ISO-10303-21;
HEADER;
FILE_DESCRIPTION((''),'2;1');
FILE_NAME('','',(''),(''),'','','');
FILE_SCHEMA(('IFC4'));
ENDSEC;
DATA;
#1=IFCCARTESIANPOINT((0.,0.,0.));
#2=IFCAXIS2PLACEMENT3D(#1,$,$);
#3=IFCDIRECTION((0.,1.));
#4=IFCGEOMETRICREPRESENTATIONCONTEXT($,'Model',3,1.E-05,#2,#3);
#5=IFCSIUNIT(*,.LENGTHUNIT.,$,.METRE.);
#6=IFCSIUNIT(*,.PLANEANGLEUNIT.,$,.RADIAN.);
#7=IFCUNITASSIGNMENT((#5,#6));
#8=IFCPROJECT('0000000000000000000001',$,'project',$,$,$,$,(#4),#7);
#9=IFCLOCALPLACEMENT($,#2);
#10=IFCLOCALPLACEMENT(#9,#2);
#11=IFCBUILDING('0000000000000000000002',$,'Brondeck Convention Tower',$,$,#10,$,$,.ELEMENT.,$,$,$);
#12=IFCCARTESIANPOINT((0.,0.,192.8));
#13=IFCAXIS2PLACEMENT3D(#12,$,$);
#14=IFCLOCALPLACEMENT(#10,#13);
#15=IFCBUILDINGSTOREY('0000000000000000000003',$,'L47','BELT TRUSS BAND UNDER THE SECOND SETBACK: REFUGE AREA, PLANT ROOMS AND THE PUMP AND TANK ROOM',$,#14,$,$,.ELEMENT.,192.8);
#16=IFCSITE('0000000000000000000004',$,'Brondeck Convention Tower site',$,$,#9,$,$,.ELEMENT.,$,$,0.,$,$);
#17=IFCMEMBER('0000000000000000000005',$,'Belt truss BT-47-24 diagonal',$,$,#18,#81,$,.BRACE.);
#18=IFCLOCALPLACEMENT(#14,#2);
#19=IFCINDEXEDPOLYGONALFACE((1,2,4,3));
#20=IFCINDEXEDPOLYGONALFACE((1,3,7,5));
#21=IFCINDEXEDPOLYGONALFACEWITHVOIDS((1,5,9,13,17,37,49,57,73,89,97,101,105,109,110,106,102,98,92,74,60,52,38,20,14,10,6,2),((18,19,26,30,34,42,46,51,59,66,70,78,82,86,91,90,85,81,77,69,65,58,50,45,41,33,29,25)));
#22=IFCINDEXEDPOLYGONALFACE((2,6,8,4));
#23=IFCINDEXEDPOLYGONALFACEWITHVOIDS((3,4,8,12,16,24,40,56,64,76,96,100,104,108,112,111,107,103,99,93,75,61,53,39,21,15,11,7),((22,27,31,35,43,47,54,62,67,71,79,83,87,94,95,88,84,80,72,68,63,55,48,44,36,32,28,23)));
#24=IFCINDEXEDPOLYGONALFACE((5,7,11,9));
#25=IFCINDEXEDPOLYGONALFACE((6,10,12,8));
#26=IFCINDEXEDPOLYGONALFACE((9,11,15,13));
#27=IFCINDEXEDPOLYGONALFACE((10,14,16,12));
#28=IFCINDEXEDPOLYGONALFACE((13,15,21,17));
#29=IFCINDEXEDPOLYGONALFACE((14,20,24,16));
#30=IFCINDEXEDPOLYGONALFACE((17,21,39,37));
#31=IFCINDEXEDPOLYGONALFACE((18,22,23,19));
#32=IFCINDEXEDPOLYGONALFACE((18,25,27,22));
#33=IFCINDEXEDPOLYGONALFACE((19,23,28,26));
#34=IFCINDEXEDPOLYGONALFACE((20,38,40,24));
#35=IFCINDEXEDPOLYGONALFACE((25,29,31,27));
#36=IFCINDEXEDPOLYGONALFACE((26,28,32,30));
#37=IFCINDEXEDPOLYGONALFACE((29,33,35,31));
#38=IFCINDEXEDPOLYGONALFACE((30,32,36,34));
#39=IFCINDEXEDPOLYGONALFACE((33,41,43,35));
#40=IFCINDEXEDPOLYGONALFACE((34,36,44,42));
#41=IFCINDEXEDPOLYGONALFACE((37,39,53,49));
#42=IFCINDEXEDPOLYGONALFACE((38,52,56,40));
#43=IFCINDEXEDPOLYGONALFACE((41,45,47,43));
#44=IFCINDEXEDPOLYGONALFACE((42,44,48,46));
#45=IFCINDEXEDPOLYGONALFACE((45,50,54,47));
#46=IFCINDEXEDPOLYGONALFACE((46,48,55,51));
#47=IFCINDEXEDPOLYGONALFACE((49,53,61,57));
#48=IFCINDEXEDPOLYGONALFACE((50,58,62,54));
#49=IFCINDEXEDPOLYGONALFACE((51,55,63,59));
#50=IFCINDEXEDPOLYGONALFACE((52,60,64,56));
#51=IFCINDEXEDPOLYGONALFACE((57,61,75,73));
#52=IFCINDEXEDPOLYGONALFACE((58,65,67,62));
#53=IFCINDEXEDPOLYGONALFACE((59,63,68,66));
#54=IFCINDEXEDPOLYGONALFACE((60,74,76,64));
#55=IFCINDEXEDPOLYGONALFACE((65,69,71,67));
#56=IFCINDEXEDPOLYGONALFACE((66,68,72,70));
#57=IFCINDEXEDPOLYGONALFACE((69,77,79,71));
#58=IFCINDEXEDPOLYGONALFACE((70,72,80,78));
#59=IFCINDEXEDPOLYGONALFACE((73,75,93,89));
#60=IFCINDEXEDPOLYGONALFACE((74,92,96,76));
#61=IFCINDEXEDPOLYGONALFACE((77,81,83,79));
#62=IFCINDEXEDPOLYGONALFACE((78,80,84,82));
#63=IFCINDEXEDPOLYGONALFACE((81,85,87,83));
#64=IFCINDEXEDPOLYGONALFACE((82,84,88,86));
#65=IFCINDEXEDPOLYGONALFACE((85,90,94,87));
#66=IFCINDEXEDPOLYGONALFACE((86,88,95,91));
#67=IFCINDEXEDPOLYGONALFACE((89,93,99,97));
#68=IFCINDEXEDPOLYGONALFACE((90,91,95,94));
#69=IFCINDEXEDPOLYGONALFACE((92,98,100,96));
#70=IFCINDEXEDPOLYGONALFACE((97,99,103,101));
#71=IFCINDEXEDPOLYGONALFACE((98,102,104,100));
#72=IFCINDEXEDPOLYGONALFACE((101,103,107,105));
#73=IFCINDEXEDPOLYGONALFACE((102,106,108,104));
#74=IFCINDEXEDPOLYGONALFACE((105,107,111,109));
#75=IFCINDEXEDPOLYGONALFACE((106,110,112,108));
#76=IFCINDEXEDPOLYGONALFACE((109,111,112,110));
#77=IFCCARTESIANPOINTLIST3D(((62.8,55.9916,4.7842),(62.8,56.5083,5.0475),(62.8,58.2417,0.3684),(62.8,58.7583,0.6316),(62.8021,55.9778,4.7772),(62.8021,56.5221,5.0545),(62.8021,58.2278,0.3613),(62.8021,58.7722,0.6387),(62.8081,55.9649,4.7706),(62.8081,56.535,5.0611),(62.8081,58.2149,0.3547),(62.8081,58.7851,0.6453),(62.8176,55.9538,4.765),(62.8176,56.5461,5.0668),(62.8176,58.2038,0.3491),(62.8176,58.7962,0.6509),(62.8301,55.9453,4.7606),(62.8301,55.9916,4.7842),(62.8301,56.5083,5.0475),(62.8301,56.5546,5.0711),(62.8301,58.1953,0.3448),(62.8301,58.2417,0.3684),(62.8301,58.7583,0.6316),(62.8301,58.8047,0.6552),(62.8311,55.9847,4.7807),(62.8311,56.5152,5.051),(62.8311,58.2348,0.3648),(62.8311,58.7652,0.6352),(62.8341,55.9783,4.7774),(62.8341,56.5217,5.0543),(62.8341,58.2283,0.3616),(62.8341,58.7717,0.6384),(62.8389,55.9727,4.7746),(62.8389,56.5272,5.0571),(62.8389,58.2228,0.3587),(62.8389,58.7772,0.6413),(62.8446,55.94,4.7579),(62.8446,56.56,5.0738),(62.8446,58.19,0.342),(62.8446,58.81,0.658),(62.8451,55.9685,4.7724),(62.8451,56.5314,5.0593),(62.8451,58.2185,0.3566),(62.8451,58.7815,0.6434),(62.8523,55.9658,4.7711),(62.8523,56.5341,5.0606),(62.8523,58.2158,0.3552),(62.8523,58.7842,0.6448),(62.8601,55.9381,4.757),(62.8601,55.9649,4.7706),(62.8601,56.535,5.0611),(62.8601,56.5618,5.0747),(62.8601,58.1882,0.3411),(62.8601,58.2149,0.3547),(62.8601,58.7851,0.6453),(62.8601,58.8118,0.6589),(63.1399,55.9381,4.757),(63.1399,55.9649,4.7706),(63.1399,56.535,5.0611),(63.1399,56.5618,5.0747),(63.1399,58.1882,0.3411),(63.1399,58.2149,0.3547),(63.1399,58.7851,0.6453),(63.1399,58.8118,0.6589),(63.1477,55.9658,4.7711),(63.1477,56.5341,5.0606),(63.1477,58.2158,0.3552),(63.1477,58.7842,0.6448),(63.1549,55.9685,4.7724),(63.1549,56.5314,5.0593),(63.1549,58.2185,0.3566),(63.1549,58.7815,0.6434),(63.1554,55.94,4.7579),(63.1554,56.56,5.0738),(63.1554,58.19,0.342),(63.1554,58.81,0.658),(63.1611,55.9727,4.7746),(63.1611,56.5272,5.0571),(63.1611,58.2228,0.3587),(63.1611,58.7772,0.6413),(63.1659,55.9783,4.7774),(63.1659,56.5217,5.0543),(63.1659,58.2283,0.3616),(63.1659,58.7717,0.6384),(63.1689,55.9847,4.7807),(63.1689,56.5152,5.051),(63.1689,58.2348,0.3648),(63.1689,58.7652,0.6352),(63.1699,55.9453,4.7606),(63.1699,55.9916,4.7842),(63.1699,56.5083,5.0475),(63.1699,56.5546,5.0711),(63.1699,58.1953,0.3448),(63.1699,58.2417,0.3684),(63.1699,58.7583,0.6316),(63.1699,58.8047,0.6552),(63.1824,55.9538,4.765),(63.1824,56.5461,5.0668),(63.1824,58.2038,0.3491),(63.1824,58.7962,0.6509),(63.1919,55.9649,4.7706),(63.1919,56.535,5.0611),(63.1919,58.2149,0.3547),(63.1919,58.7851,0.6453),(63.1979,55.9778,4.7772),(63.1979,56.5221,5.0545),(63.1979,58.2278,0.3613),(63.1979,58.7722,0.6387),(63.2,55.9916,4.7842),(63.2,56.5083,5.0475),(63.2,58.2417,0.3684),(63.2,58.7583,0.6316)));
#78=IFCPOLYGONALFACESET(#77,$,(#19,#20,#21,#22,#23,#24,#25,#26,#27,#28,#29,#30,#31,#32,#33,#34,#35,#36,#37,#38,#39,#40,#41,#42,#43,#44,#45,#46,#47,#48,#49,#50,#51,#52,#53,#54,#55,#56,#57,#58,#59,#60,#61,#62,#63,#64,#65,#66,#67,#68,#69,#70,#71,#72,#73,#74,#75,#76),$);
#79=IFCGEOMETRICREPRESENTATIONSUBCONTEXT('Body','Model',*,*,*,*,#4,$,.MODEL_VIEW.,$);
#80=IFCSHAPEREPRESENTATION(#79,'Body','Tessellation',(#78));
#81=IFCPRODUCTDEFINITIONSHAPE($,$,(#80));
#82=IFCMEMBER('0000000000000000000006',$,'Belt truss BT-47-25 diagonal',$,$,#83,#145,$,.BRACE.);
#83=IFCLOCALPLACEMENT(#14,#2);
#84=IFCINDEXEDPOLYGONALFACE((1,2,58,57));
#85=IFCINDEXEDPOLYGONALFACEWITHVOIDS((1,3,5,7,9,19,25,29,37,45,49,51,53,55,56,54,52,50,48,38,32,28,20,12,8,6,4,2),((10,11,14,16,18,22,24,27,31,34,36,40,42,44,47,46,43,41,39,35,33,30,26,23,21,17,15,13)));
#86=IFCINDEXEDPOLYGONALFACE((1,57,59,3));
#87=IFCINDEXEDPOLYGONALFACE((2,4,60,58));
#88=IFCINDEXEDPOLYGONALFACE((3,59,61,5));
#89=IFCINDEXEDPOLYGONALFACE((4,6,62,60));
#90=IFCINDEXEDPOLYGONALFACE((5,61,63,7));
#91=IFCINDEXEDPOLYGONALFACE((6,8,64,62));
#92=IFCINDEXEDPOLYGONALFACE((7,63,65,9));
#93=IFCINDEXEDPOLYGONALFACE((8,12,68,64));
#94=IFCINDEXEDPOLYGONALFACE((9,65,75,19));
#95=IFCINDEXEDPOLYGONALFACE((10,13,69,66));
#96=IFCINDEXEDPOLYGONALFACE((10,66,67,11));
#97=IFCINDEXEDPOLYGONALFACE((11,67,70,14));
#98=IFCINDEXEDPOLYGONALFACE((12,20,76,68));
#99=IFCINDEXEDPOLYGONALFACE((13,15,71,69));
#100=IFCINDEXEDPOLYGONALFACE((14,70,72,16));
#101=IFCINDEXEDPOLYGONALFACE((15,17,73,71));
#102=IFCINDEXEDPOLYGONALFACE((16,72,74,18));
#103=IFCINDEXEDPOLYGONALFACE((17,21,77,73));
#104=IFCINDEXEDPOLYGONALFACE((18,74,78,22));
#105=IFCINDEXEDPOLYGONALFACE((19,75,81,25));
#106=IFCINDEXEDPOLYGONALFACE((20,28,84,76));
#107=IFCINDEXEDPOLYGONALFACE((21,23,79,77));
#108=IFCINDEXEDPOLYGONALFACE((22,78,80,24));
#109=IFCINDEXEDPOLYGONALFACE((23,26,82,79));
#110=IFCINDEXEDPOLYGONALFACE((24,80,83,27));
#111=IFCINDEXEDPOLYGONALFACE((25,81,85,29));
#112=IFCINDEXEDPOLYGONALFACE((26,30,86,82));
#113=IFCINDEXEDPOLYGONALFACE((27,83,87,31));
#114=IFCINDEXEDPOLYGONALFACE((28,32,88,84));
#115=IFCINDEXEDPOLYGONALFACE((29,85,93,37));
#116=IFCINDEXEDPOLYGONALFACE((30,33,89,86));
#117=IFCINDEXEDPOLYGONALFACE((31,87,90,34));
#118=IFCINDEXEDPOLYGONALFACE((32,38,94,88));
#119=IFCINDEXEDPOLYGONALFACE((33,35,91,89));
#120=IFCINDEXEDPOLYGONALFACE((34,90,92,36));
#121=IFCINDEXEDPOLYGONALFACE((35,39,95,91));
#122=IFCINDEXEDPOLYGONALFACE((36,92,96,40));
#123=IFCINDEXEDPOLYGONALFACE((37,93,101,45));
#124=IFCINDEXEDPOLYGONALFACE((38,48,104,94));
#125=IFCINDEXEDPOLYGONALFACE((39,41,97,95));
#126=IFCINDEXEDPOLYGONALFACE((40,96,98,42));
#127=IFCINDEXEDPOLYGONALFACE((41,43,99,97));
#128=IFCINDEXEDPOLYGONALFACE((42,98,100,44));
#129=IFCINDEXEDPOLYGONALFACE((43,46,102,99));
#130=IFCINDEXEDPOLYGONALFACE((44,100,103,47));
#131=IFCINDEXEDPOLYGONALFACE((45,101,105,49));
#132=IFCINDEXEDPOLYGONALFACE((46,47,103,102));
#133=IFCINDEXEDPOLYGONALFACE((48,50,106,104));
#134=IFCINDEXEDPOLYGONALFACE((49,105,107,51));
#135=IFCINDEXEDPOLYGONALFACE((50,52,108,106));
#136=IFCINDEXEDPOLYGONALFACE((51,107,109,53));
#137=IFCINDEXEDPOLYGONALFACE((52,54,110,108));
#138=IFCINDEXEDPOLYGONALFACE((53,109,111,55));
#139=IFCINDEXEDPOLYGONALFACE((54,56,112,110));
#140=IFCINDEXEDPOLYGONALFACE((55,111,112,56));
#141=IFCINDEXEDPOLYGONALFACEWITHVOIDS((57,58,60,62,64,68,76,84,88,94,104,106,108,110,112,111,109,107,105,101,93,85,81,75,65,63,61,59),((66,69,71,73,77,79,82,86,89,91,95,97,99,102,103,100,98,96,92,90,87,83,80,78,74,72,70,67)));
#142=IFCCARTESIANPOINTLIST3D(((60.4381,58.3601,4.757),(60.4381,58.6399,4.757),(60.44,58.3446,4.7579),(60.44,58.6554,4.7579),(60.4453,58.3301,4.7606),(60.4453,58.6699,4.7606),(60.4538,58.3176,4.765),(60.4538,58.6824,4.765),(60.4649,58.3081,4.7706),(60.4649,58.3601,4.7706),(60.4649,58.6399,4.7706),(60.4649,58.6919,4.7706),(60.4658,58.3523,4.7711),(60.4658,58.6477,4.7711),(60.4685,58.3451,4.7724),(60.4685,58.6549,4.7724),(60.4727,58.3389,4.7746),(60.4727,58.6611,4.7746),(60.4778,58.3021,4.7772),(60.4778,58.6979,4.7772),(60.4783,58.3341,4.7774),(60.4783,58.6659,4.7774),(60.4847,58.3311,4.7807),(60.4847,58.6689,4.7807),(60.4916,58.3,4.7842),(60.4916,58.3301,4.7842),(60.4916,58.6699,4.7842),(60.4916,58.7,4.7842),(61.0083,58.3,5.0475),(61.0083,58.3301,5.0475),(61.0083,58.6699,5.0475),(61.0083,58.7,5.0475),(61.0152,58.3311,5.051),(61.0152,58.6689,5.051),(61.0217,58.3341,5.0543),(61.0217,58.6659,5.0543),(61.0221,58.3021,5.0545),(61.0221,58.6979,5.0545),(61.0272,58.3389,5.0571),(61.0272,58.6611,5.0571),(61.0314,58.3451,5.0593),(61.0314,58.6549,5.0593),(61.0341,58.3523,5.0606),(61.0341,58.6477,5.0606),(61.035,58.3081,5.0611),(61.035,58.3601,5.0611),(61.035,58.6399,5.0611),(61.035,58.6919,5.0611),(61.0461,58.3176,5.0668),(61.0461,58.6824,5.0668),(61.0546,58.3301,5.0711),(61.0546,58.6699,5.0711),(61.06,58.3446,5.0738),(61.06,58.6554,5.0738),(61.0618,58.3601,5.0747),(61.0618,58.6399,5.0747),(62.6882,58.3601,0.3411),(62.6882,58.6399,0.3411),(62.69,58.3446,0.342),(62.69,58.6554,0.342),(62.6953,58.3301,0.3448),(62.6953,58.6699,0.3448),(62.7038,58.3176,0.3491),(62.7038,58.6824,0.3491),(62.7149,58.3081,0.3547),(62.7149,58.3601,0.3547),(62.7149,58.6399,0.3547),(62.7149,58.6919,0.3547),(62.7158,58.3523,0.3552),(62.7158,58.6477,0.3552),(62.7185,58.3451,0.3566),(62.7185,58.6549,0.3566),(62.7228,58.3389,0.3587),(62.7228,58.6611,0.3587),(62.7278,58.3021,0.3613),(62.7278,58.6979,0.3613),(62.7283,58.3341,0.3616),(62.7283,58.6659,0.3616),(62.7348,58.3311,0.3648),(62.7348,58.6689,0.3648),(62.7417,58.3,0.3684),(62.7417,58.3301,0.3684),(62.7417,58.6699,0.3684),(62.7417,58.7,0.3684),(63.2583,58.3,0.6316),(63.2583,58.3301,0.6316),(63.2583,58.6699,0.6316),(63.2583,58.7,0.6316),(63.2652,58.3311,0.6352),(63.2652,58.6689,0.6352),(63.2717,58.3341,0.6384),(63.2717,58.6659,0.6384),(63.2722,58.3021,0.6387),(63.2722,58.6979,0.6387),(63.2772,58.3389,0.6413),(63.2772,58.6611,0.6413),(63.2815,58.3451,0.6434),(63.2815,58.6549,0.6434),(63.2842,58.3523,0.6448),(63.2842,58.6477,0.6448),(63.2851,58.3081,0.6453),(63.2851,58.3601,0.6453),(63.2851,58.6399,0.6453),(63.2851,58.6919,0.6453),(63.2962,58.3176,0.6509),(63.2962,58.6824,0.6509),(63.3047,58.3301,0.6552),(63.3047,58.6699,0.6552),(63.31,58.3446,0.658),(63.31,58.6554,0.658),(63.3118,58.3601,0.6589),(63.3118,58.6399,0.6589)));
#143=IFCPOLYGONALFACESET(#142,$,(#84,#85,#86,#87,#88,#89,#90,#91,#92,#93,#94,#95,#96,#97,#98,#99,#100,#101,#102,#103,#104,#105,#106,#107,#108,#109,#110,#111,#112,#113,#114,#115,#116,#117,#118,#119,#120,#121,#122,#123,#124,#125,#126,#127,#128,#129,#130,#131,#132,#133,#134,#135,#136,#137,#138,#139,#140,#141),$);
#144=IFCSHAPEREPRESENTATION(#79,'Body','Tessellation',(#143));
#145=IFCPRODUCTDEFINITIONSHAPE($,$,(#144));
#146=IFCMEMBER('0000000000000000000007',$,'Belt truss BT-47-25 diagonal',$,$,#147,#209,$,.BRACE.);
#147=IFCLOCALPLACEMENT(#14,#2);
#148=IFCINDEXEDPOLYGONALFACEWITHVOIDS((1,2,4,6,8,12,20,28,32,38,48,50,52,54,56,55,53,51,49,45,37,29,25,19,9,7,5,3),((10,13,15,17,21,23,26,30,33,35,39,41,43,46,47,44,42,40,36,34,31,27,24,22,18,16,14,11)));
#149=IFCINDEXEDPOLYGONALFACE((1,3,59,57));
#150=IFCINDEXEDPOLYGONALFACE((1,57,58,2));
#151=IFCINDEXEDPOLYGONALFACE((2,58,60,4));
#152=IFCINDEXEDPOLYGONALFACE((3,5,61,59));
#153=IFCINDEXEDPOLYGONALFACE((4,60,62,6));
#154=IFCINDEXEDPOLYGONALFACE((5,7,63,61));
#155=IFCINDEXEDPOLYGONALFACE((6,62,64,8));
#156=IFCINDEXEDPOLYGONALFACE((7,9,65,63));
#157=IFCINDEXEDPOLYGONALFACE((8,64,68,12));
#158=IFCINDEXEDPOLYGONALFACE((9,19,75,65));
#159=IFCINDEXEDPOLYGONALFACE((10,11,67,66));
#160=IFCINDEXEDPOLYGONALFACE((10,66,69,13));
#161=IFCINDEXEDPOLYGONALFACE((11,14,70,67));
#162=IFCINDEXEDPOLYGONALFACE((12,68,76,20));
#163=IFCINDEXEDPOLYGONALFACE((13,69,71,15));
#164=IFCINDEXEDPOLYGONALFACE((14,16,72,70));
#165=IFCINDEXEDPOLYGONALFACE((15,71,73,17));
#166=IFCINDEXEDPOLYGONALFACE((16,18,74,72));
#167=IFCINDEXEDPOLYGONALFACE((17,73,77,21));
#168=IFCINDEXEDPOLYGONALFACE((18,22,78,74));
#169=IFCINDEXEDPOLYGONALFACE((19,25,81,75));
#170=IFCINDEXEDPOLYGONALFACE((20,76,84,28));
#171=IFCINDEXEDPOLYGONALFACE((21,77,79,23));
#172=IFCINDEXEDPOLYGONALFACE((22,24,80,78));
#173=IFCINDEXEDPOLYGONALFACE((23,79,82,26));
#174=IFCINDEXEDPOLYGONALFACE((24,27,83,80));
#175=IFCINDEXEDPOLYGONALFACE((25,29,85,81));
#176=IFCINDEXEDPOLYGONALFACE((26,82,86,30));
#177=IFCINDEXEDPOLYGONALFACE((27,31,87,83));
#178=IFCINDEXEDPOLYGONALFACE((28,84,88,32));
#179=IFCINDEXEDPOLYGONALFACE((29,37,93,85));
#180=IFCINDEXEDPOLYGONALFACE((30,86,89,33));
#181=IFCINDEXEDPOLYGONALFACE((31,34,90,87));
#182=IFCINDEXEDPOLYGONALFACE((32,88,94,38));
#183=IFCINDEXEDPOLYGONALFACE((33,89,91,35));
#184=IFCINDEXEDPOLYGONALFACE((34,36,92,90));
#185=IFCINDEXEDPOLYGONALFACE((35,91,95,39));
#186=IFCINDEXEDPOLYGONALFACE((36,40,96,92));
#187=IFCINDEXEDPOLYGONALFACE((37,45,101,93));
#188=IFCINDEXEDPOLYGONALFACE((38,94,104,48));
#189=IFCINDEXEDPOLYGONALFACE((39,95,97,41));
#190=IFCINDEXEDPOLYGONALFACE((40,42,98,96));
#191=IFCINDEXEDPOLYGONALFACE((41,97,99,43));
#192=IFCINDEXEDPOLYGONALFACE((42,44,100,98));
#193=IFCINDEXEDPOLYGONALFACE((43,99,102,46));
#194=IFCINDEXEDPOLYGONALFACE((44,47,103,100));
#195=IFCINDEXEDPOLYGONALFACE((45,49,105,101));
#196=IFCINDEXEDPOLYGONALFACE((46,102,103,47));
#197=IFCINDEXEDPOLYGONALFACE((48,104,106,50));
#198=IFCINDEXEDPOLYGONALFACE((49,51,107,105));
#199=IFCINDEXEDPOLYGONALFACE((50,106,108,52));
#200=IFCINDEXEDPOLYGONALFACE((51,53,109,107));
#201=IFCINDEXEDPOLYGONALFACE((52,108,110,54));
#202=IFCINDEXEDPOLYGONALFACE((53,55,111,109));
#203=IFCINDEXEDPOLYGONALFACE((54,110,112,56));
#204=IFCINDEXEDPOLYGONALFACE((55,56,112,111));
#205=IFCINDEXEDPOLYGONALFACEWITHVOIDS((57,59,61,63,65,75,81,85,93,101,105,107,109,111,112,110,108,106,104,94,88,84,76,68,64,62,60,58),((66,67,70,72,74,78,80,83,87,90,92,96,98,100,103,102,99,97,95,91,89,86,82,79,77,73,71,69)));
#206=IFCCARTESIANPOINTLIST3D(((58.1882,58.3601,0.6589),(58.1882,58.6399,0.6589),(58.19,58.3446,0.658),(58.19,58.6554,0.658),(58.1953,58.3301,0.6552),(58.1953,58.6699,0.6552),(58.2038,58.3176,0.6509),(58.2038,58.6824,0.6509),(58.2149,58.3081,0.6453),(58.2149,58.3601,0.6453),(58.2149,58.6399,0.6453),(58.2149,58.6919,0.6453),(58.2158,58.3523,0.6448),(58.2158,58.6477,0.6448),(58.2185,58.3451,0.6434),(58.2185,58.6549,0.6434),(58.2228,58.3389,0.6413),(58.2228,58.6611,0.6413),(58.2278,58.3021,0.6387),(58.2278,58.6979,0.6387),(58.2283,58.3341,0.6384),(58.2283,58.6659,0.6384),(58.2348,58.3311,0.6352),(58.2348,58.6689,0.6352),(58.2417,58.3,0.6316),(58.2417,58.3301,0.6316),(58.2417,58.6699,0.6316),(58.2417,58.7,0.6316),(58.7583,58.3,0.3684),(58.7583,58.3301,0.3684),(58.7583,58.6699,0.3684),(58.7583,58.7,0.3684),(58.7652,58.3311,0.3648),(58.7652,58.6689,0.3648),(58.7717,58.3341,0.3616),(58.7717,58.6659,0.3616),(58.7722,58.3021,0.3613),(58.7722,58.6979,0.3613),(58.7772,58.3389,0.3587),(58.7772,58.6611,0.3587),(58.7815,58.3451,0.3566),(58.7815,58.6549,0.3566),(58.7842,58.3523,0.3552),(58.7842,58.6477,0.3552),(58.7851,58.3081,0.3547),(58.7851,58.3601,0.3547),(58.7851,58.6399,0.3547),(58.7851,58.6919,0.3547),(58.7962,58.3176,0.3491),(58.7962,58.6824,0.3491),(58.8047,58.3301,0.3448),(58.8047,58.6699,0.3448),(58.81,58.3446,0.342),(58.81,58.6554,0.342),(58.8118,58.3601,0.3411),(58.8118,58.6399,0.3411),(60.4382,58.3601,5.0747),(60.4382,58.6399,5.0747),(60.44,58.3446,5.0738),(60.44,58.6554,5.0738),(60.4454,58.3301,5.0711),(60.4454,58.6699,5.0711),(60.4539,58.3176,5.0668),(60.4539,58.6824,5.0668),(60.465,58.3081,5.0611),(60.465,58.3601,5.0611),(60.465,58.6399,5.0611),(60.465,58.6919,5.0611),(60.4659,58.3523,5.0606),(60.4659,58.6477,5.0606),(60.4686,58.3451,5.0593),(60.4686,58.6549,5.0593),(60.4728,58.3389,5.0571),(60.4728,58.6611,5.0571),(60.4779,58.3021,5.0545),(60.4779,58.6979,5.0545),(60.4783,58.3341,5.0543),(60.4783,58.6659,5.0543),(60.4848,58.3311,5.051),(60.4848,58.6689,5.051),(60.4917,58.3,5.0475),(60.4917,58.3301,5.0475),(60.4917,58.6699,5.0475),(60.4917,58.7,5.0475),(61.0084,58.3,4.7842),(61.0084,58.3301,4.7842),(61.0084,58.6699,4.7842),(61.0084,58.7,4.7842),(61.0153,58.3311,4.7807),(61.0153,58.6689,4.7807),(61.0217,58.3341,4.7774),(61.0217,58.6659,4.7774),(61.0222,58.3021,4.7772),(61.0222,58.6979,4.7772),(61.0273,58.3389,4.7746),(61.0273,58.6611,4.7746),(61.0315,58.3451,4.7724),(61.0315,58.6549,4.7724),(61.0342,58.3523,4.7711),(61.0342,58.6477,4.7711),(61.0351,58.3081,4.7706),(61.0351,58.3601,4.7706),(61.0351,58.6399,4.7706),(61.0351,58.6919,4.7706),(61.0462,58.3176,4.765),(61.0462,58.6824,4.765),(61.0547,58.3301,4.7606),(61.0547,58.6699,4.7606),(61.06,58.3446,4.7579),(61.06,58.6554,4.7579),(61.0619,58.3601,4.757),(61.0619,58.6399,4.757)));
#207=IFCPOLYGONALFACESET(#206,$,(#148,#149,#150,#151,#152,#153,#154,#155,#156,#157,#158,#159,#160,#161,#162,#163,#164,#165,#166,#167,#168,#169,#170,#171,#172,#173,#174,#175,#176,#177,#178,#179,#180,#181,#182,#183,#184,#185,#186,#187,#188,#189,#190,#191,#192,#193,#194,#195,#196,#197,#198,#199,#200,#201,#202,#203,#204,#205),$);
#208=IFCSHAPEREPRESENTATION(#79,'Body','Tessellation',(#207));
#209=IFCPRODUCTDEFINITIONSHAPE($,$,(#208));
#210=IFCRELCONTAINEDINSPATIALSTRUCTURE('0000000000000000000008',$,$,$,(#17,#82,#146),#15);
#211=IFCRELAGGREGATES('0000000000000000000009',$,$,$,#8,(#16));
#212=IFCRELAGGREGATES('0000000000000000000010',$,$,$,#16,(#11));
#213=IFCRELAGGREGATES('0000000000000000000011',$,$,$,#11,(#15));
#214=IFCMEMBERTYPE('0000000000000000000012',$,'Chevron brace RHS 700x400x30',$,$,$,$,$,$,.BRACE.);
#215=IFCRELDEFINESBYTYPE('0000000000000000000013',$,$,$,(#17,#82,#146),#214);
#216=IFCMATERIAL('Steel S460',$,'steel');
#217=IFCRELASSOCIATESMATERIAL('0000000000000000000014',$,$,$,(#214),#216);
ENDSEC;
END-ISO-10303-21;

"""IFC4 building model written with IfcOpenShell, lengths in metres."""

from ifc_helpers import new_model, si_unit, direction, frame, origin, origin_2d, place, context, subcontext, project, spatial, hollow_rectangle, extrude, material, material_profile, profile_set, type_object, element, save


model = new_model("IFC4")

# Units and contexts
model_context = context("Model", 3, precision=1e-05, world=origin(), true_north=direction((0.0, 1.0)))
body_context = subcontext(model_context, "Body", "Model", "MODEL_VIEW")
ifc_project = project(units=[si_unit("LENGTHUNIT", "METRE"), si_unit("PLANEANGLEUNIT", "RADIAN")], contexts=[model_context])

# Site, building, storey
site_placement = place(None, origin())
site = spatial("IfcSite", under=ifc_project, at=site_placement, Name="Brondeck Convention Tower site", CompositionType="ELEMENT", RefElevation=0.0)
building_placement = place(site_placement, origin())
building = spatial("IfcBuilding", under=site, at=building_placement, Name="Brondeck Convention Tower", CompositionType="ELEMENT")
storey_placement = place(building_placement, frame((0.0, 0.0, 192.8)))
storey = spatial("IfcBuildingStorey", under=building, at=storey_placement, Name="L47", Description="BELT TRUSS BAND UNDER THE SECOND SETBACK: REFUGE AREA, PLANT ROOMS AND THE PUMP AND TANK ROOM", CompositionType="ELEMENT", Elevation=192.8)

# Members
ifc_material_1 = material(Name="Steel S460", Category="steel")
ifc_material_profile_1 = material_profile(ifc_material_1, hollow_rectangle(XDim=0.3999, YDim=0.7, WallThickness=0.03, InnerFilletRadius=0.03, OuterFilletRadius=0.0601, at=origin_2d()), Name="RHS 700x400x30")
ifc_profile_set_1 = profile_set([ifc_material_profile_1], Name="Steel S460")
member_type_1 = type_object("IfcMemberType", Name="Chevron brace RHS 700x400x30", PredefinedType="BRACE", material=ifc_profile_set_1)
for number, where, z_axis, x_axis, name in (
    (1, (63.0, 58.5, 0.5), (0.0, -0.453999, 0.891002), (1.0, 0.0, 0.0), "Belt truss BT-47-24 diagonal"),
    (2, (63.0, 58.5, 0.5), (-0.453999, 0.0, 0.891002), (0.0, -1.0, 0.0), "Belt truss BT-47-25 diagonal"),
    (3, (58.5, 58.5, 0.5), (0.453999, 0.0, 0.891002), (0.0, 1.0, 0.0), "Belt truss BT-47-25 diagonal"),
):
    element("IfcMember", number, at=place(storey_placement, frame(where, z_axis=z_axis, x_axis=x_axis)), inside=storey, type_object=member_type_1, Name=name, PredefinedType="BRACE", context=body_context, shape_type="SweptSolid", body=[
        extrude(hollow_rectangle(XDim=0.3999, YDim=0.7, WallThickness=0.03, InnerFilletRadius=0.03, OuterFilletRadius=0.0601, at=origin_2d()), origin(), (0.0, 0.0, 1.0), 4.9561),
    ])

save(model, "model.ifc")
